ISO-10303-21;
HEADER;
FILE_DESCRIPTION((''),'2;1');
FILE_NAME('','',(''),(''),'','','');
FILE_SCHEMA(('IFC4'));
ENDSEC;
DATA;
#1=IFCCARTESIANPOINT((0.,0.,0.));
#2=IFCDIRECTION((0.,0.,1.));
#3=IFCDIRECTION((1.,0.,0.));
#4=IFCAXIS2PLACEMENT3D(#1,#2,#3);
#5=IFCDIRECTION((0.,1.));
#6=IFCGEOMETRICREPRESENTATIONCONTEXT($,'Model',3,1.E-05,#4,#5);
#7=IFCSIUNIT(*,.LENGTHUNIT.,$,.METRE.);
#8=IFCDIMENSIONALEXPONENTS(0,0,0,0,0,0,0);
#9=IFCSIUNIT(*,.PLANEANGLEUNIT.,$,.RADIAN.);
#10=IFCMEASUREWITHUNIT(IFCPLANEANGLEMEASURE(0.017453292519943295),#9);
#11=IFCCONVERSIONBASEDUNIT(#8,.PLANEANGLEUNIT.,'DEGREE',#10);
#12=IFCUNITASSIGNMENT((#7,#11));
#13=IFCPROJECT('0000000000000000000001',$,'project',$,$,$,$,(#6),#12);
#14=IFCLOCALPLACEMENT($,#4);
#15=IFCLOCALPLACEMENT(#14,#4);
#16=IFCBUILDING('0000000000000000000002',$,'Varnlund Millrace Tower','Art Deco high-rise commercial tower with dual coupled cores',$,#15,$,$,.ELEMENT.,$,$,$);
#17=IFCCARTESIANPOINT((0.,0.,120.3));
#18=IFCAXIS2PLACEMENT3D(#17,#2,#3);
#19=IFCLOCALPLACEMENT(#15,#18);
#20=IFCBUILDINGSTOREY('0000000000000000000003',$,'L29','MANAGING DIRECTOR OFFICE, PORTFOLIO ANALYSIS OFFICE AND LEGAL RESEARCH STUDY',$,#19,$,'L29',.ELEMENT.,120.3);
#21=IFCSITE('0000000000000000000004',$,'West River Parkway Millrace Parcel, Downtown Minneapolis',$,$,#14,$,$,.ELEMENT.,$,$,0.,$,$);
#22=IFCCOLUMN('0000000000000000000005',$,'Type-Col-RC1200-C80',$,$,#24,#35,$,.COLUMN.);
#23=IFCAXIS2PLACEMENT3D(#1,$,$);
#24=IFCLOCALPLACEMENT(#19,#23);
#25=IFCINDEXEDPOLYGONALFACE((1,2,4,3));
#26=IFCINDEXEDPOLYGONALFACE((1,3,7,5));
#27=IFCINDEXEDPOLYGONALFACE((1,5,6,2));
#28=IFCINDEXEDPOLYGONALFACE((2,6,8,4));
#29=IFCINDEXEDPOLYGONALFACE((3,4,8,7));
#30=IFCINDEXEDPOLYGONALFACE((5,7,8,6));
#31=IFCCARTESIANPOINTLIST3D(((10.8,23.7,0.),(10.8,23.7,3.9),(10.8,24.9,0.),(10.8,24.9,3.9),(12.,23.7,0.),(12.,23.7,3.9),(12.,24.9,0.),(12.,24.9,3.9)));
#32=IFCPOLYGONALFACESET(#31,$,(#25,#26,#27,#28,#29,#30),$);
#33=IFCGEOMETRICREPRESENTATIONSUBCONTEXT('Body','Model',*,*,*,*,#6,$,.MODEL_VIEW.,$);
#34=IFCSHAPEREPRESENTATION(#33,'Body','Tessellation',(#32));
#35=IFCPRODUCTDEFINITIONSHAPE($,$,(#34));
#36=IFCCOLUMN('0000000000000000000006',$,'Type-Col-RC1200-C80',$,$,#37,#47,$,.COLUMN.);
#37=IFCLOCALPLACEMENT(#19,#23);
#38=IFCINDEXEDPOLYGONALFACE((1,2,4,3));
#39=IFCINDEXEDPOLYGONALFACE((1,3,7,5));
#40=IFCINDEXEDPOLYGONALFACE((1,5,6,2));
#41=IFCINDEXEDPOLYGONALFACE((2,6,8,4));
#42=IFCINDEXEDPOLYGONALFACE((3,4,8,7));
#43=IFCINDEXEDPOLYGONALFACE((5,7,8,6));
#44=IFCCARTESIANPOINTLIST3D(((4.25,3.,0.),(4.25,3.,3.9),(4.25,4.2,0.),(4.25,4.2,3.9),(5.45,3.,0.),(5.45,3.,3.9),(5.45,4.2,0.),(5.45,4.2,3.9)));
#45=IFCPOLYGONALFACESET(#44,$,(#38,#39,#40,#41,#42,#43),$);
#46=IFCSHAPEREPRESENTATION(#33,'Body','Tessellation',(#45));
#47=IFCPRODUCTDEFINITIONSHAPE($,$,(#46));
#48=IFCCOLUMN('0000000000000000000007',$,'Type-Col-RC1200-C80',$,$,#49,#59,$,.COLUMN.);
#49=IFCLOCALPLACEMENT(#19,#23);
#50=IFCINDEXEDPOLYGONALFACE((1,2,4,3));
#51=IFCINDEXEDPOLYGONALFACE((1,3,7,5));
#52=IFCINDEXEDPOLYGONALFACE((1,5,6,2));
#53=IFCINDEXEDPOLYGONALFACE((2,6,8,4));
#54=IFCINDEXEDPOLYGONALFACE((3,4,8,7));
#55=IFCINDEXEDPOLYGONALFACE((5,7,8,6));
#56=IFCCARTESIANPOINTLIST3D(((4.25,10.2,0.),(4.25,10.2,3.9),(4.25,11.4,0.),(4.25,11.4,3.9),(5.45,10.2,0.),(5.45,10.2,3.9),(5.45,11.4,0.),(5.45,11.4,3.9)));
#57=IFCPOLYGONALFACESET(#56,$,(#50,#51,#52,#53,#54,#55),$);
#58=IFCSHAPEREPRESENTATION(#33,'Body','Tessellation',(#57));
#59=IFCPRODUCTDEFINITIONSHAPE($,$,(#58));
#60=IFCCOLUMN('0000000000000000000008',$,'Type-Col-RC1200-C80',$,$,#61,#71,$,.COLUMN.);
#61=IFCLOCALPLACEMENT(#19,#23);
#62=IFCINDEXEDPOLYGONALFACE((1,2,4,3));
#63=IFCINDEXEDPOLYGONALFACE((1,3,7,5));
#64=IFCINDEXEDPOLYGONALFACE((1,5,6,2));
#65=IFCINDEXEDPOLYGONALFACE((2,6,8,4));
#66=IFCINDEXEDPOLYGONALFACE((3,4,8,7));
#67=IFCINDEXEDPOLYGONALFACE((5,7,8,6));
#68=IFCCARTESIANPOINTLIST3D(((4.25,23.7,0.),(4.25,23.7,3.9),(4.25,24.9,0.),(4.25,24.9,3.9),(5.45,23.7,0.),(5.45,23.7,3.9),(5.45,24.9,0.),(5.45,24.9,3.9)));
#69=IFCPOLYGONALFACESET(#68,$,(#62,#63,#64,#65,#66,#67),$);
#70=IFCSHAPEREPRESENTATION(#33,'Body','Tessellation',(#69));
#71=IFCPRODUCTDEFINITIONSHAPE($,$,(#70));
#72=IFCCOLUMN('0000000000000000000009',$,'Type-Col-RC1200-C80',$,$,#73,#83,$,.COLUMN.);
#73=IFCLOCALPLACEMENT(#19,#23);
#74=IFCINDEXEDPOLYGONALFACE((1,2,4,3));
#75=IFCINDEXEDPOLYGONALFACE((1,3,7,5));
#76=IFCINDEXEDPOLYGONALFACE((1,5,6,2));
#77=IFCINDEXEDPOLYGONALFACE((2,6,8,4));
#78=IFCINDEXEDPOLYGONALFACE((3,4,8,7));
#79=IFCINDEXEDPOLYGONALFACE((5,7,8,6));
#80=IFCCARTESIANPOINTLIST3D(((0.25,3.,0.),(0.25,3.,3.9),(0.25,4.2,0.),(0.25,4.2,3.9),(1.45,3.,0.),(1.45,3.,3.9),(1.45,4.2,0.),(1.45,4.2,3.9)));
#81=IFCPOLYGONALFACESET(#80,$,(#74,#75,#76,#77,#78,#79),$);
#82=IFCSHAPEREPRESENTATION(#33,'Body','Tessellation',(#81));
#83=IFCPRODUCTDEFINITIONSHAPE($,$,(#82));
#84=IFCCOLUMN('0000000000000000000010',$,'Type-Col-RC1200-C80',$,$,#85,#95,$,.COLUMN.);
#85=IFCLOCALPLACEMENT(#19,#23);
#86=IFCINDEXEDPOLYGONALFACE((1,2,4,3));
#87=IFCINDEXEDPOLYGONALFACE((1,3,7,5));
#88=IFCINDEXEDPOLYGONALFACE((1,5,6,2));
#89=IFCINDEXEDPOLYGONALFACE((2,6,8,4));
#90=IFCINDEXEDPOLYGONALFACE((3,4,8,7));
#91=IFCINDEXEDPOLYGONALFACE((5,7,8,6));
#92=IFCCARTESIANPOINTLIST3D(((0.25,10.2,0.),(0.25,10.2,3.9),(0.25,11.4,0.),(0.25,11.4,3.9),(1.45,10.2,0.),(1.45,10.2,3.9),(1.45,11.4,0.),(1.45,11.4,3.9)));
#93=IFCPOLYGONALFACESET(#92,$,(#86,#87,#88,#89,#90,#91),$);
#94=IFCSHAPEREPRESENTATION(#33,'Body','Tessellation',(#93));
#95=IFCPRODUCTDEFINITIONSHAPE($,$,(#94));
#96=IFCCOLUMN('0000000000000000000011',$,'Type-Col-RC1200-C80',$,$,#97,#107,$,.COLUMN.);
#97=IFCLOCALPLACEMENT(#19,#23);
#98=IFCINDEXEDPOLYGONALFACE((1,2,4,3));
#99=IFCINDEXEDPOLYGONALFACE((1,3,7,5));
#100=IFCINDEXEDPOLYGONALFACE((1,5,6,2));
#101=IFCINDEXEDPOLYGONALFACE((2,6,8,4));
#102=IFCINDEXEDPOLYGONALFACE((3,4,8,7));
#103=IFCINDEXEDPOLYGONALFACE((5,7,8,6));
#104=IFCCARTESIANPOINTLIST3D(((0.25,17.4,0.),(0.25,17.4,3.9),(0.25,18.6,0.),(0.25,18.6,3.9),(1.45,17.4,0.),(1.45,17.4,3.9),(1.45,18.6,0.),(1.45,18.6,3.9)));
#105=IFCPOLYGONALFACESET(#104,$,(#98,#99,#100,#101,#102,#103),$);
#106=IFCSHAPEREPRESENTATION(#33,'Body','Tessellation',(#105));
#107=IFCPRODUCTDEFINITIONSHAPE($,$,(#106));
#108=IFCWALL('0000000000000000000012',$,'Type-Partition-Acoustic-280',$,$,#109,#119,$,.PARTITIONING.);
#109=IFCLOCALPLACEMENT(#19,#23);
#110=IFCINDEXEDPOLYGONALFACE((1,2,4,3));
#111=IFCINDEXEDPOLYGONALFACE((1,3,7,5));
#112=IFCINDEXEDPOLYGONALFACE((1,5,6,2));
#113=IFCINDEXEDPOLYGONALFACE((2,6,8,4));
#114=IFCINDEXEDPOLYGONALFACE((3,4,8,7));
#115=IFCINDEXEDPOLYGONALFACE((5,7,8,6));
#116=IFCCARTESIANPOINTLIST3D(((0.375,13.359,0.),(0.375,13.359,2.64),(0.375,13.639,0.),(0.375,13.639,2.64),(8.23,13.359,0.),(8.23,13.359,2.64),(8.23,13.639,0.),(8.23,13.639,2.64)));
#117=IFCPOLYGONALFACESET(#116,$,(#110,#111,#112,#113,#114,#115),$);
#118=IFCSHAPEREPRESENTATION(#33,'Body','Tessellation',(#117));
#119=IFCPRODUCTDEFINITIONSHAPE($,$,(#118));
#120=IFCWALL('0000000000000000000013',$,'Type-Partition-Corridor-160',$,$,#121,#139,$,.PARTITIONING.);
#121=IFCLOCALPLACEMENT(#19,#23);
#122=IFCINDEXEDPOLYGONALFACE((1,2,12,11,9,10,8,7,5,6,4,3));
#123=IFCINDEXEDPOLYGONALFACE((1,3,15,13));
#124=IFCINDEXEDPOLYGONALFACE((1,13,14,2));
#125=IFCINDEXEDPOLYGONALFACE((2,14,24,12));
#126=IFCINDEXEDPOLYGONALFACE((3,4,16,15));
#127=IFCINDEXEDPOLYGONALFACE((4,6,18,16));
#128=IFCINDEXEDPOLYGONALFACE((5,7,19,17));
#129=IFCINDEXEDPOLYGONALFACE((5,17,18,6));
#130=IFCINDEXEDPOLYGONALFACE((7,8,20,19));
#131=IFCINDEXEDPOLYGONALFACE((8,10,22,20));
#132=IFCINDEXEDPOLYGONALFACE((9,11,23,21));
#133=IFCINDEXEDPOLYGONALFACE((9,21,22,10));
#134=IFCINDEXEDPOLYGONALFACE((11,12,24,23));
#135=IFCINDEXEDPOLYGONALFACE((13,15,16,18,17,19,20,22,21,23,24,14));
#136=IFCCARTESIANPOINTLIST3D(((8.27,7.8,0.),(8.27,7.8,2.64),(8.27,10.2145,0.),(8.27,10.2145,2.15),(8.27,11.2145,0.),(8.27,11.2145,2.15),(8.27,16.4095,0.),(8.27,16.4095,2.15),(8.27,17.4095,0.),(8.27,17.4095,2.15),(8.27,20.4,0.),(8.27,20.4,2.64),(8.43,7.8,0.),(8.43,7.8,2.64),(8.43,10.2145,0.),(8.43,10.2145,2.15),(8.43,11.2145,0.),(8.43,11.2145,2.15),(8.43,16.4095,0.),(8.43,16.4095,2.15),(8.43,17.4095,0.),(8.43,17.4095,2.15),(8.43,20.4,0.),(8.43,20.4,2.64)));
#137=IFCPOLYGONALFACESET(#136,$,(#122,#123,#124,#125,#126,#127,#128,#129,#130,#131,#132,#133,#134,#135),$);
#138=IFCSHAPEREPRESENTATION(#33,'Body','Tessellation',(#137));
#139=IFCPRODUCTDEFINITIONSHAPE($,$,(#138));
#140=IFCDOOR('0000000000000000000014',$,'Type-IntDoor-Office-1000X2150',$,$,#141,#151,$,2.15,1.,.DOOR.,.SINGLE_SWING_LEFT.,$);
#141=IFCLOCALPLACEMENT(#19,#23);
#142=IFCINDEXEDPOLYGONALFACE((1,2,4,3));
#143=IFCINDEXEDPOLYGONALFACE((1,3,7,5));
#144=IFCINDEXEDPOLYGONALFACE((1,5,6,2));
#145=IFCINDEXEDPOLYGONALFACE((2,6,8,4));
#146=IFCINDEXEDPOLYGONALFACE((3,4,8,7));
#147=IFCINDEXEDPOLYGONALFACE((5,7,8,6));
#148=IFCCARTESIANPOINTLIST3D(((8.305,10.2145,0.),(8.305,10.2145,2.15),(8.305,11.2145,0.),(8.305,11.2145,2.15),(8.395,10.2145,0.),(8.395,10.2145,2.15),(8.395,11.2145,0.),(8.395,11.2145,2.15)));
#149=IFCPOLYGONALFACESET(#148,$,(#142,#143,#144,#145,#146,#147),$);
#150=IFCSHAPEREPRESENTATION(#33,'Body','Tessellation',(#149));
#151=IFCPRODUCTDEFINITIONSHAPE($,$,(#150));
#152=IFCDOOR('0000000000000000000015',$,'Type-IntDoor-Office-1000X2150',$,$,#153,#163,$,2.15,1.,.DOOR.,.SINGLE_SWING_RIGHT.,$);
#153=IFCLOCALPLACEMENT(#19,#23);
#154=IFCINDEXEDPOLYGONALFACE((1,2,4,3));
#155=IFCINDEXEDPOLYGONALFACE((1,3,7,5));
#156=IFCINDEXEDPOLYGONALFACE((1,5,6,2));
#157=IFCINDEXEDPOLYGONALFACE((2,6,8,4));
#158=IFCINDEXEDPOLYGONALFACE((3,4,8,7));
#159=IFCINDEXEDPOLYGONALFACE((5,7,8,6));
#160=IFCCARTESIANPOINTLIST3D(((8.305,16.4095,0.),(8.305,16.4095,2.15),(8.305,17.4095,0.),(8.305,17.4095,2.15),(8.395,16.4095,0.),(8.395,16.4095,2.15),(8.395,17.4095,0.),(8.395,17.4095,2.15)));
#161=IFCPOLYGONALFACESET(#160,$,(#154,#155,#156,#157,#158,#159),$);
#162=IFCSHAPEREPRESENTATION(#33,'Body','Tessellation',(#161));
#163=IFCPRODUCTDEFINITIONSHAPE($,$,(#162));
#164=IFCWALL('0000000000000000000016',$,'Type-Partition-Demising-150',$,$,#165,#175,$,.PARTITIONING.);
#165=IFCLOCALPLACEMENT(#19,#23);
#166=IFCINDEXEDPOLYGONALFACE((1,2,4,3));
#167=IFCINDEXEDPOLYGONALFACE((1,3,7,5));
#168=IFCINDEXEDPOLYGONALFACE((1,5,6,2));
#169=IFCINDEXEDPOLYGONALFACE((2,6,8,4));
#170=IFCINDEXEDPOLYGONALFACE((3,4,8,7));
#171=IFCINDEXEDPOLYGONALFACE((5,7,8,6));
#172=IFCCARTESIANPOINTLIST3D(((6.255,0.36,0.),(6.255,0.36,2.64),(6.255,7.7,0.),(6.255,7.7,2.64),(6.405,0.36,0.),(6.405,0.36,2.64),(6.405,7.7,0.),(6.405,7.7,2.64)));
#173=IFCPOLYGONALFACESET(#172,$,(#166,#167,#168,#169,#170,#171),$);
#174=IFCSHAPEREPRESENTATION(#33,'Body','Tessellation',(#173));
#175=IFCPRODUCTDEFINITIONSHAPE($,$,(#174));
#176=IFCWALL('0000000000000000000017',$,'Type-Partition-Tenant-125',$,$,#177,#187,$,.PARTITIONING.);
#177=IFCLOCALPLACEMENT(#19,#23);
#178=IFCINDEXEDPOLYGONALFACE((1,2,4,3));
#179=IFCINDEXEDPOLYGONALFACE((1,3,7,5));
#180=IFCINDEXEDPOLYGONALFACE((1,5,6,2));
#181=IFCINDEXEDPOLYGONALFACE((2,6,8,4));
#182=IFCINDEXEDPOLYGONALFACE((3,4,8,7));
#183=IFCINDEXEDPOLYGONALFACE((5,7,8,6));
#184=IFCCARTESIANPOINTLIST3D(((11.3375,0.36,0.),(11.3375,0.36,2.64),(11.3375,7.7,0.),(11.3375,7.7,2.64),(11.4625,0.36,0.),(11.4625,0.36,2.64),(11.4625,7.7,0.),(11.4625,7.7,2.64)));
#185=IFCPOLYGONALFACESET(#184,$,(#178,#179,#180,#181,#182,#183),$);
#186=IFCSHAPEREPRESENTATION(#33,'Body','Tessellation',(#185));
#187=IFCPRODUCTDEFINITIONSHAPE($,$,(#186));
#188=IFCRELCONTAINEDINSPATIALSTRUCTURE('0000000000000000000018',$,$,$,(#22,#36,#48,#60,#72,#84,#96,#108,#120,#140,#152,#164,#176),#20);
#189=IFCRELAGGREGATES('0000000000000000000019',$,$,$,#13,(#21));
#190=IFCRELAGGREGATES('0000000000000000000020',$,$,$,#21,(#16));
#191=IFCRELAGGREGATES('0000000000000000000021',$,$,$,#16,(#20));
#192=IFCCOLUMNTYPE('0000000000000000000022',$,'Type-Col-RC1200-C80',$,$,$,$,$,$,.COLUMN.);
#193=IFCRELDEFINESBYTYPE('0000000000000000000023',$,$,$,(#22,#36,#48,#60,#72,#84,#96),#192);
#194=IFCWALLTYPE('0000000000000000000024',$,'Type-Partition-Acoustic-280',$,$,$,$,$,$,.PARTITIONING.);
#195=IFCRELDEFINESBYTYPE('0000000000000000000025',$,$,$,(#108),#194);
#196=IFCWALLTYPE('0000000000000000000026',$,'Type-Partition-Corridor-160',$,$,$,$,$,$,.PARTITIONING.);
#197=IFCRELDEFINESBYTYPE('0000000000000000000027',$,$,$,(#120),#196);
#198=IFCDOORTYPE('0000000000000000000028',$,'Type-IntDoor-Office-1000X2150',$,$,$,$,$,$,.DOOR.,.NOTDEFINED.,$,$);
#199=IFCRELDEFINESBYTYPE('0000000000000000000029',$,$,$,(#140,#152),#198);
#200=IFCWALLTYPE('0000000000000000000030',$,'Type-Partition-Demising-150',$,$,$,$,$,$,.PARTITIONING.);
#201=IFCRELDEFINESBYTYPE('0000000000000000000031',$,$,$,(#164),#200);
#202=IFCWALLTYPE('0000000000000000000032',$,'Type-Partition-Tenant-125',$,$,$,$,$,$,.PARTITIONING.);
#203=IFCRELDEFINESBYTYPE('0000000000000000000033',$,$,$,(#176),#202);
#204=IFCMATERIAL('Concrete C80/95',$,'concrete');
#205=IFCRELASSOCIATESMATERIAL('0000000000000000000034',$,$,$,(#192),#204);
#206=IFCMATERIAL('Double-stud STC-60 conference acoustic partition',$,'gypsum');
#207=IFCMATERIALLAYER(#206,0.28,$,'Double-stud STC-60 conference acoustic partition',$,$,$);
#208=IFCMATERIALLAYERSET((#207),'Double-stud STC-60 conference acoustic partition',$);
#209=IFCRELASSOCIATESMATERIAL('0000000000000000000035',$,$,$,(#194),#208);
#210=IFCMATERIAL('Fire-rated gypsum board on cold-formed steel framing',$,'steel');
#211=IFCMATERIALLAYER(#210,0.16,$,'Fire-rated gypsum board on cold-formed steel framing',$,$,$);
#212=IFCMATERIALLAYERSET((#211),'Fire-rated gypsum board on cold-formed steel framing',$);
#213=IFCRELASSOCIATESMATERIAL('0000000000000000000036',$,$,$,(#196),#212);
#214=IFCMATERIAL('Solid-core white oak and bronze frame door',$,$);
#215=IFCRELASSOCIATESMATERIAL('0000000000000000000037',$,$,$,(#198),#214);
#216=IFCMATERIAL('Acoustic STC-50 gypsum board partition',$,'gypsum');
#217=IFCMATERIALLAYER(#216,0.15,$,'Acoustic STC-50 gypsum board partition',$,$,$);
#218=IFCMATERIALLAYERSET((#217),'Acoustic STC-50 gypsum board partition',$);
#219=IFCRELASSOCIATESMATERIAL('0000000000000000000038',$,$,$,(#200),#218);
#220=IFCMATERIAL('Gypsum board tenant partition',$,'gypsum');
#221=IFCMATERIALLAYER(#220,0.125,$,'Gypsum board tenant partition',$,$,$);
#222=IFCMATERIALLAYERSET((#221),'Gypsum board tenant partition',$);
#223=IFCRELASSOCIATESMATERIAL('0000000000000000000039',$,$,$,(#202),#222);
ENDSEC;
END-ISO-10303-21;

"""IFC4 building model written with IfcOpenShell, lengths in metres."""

from ifc_helpers import new_model, entity, si_unit, converted_unit, direction, frame, origin_with_axes, origin_2d_with_axis, place, context, subcontext, project, spatial, polyline, rectangle, outline, extrude, material, layer, layer_set, material_profile, profile_set, type_object, element, fill, save


model = new_model("IFC4")

# Units and contexts
model_context = context("Model", 3, precision=1e-05, world=origin_with_axes(), true_north=direction((0.0, 1.0)))
body_context = subcontext(model_context, "Body", "Model", "MODEL_VIEW")
ifc_project = project(units=[si_unit("LENGTHUNIT", "METRE"), converted_unit("PLANEANGLEUNIT", "DEGREE", entity("IfcPlaneAngleMeasure", 0.017453292519943295), si_unit("PLANEANGLEUNIT", "RADIAN"), dimensions=[0, 0, 0, 0, 0, 0, 0])], contexts=[model_context])

# Site, building, storey
site_placement = place(None, origin_with_axes())
site = spatial("IfcSite", under=ifc_project, at=site_placement, Name="West River Parkway Millrace Parcel, Downtown Minneapolis", CompositionType="ELEMENT", RefElevation=0.0)
building_placement = place(site_placement, origin_with_axes())
building = spatial("IfcBuilding", under=site, at=building_placement, Name="Varnlund Millrace Tower", Description="Art Deco high-rise commercial tower with dual coupled cores", CompositionType="ELEMENT")
storey_placement = place(building_placement, frame((0.0, 0.0, 120.3), z_axis=(0.0, 0.0, 1.0), x_axis=(1.0, 0.0, 0.0)))
storey = spatial("IfcBuildingStorey", under=building, at=storey_placement, Name="L29", Description="MANAGING DIRECTOR OFFICE, PORTFOLIO ANALYSIS OFFICE AND LEGAL RESEARCH STUDY", LongName="L29", CompositionType="ELEMENT", Elevation=120.3)

# Columns
ifc_material_1 = material(Name="Concrete C80/95", Category="concrete")
ifc_material_profile = material_profile(ifc_material_1, rectangle(XDim=1.2, YDim=1.2, at=origin_2d_with_axis()), Name="Concrete C80/95")
ifc_profile_set = profile_set([ifc_material_profile], Name="Concrete C80/95")
column_type = type_object("IfcColumnType", Name="Type-Col-RC1200-C80", PredefinedType="COLUMN", material=ifc_profile_set)
for number, where, z_axis, x_axis, name in (
    (1, (11.4, 24.3, 0.0), (0.0, 0.0, 1.0), (1.0, 0.0, 0.0), "Type-Col-RC1200-C80"),
    (2, (4.85, 3.6, 0.0), (0.0, 0.0, 1.0), (1.0, 0.0, 0.0), "Type-Col-RC1200-C80"),
    (3, (4.85, 10.8, 0.0), (0.0, 0.0, 1.0), (1.0, 0.0, 0.0), "Type-Col-RC1200-C80"),
    (4, (4.85, 24.3, 0.0), (0.0, 0.0, 1.0), (1.0, 0.0, 0.0), "Type-Col-RC1200-C80"),
    (5, (0.85, 3.6, 0.0), (0.0, 0.0, 1.0), (1.0, 0.0, 0.0), "Type-Col-RC1200-C80"),
    (6, (0.85, 10.8, 0.0), (0.0, 0.0, 1.0), (1.0, 0.0, 0.0), "Type-Col-RC1200-C80"),
    (7, (0.85, 18.0, 0.0), (0.0, 0.0, 1.0), (1.0, 0.0, 0.0), "Type-Col-RC1200-C80"),
):
    element("IfcColumn", number, at=place(storey_placement, frame(where, z_axis=z_axis, x_axis=x_axis)), inside=storey, type_object=column_type, Name=name, PredefinedType="COLUMN", context=body_context, shape_type="SweptSolid", body=[
        extrude(rectangle(XDim=1.2, YDim=1.2, at=origin_2d_with_axis()), origin_with_axes(), (0.0, 0.0, 1.0), 3.9),
    ])

# Wall
ifc_material_2 = material(Name="Double-stud STC-60 conference acoustic partition", Category="gypsum")
ifc_layer_1 = layer(ifc_material_2, 0.28, Name="Double-stud STC-60 conference acoustic partition")
ifc_layer_set_1 = layer_set([ifc_layer_1], Name="Double-stud STC-60 conference acoustic partition")
wall_type_1 = type_object("IfcWallType", Name="Type-Partition-Acoustic-280", PredefinedType="PARTITIONING", material=ifc_layer_set_1)
wall_1_placement = place(storey_placement, frame((0.375, 13.499, 0.0), z_axis=(0.0, 0.0, 1.0), x_axis=(1.0, 0.0, 0.0)))
element("IfcWall", 8, at=wall_1_placement, inside=storey, type_object=wall_type_1, Name="Type-Partition-Acoustic-280", PredefinedType="PARTITIONING", context=body_context, shape_type="SweptSolid", body=[
    extrude(outline(polyline([(0.0, -0.14), (7.855, -0.14), (7.855, 0.14), (0.0, 0.14), (0.0, -0.14)])), origin_with_axes(), (0.0, 0.0, 1.0), 2.64),
])

# Wall, openings, doors
ifc_material_3 = material(Name="Fire-rated gypsum board on cold-formed steel framing", Category="steel")
ifc_layer_2 = layer(ifc_material_3, 0.16, Name="Fire-rated gypsum board on cold-formed steel framing")
ifc_layer_set_2 = layer_set([ifc_layer_2], Name="Fire-rated gypsum board on cold-formed steel framing")
wall_type_2 = type_object("IfcWallType", Name="Type-Partition-Corridor-160", PredefinedType="PARTITIONING", material=ifc_layer_set_2)
ifc_material_4 = material(Name="Solid-core white oak and bronze frame door")
door_type_1 = type_object("IfcDoorType", Name="Type-IntDoor-Office-1000X2150", OperationType="NOTDEFINED", PredefinedType="DOOR", material=ifc_material_4)
wall_2_placement = place(storey_placement, frame((8.35, 7.8, 0.0), z_axis=(0.0, 0.0, 1.0), x_axis=(0.0, 1.0, 0.0)))
wall_2 = element("IfcWall", 9, at=wall_2_placement, inside=storey, type_object=wall_type_2, Name="Type-Partition-Corridor-160", PredefinedType="PARTITIONING", context=body_context, shape_type="SweptSolid", body=[
    extrude(outline(polyline([(0.0, -0.08), (12.6, -0.08), (12.6, 0.08), (0.0, 0.08), (0.0, -0.08)])), origin_with_axes(), (0.0, 0.0, 1.0), 2.64),
])
opening_1_placement = place(wall_2_placement, frame((2.9145, 0.0, 0.0), z_axis=(0.0, 0.0, 1.0), x_axis=(1.0, 0.0, 0.0)))
opening_1 = element("IfcOpeningElement", 10, at=opening_1_placement, cuts=wall_2, PredefinedType="OPENING", context=body_context, shape_type="SweptSolid", body=[
    extrude(rectangle(XDim=1.0, YDim=0.18, at=origin_2d_with_axis()), origin_with_axes(), (0.0, 0.0, 1.0), 2.15),
])
opening_2_placement = place(wall_2_placement, frame((9.1095, 0.0, 0.0), z_axis=(0.0, 0.0, 1.0), x_axis=(1.0, 0.0, 0.0)))
opening_2 = element("IfcOpeningElement", 11, at=opening_2_placement, cuts=wall_2, PredefinedType="OPENING", context=body_context, shape_type="SweptSolid", body=[
    extrude(rectangle(XDim=1.0, YDim=0.18, at=origin_2d_with_axis()), origin_with_axes(), (0.0, 0.0, 1.0), 2.15),
])
door_1_placement = place(wall_2_placement, frame((2.9145, 0.0, 0.0), z_axis=(0.0, 0.0, 1.0), x_axis=(1.0, 0.0, 0.0)))
door_1 = element("IfcDoor", 12, at=door_1_placement, inside=storey, type_object=door_type_1, Name="Type-IntDoor-Office-1000X2150", OperationType="SINGLE_SWING_LEFT", OverallHeight=2.15, OverallWidth=1.0, PredefinedType="DOOR", context=body_context, shape_type="SweptSolid", body=[
    extrude(rectangle(XDim=1.0, YDim=0.09, at=origin_2d_with_axis()), origin_with_axes(), (0.0, 0.0, 1.0), 2.15),
])
fill(opening_1, door_1)
door_2_placement = place(wall_2_placement, frame((9.1095, 0.0, 0.0), z_axis=(0.0, 0.0, 1.0), x_axis=(1.0, 0.0, 0.0)))
door_2 = element("IfcDoor", 13, at=door_2_placement, inside=storey, type_object=door_type_1, Name="Type-IntDoor-Office-1000X2150", OperationType="SINGLE_SWING_RIGHT", OverallHeight=2.15, OverallWidth=1.0, PredefinedType="DOOR", context=body_context, shape_type="SweptSolid", body=[
    extrude(rectangle(XDim=1.0, YDim=0.09, at=origin_2d_with_axis()), origin_with_axes(), (0.0, 0.0, 1.0), 2.15),
])
fill(opening_2, door_2)

# Walls
ifc_material_5 = material(Name="Acoustic STC-50 gypsum board partition", Category="gypsum")
ifc_layer_3 = layer(ifc_material_5, 0.15, Name="Acoustic STC-50 gypsum board partition")
ifc_layer_set_3 = layer_set([ifc_layer_3], Name="Acoustic STC-50 gypsum board partition")
wall_type_3 = type_object("IfcWallType", Name="Type-Partition-Demising-150", PredefinedType="PARTITIONING", material=ifc_layer_set_3)
wall_3_placement = place(storey_placement, frame((6.33, 0.36, 0.0), z_axis=(0.0, 0.0, 1.0), x_axis=(0.0, 1.0, 0.0)))
element("IfcWall", 14, at=wall_3_placement, inside=storey, type_object=wall_type_3, Name="Type-Partition-Demising-150", PredefinedType="PARTITIONING", context=body_context, shape_type="SweptSolid", body=[
    extrude(outline(polyline([(0.0, -0.075), (7.34, -0.075), (7.34, 0.075), (0.0, 0.075), (0.0, -0.075)])), origin_with_axes(), (0.0, 0.0, 1.0), 2.64),
])
ifc_material_6 = material(Name="Gypsum board tenant partition", Category="gypsum")
ifc_layer_4 = layer(ifc_material_6, 0.125, Name="Gypsum board tenant partition")
ifc_layer_set_4 = layer_set([ifc_layer_4], Name="Gypsum board tenant partition")
wall_type_4 = type_object("IfcWallType", Name="Type-Partition-Tenant-125", PredefinedType="PARTITIONING", material=ifc_layer_set_4)
wall_4_placement = place(storey_placement, frame((11.4, 0.36, 0.0), z_axis=(0.0, 0.0, 1.0), x_axis=(0.0, 1.0, 0.0)))
element("IfcWall", 15, at=wall_4_placement, inside=storey, type_object=wall_type_4, Name="Type-Partition-Tenant-125", PredefinedType="PARTITIONING", context=body_context, shape_type="SweptSolid", body=[
    extrude(outline(polyline([(0.0, -0.0625), (7.34, -0.0625), (7.34, 0.0625), (0.0, 0.0625), (0.0, -0.0625)])), origin_with_axes(), (0.0, 0.0, 1.0), 2.64),
])

save(model, "model.ifc")
